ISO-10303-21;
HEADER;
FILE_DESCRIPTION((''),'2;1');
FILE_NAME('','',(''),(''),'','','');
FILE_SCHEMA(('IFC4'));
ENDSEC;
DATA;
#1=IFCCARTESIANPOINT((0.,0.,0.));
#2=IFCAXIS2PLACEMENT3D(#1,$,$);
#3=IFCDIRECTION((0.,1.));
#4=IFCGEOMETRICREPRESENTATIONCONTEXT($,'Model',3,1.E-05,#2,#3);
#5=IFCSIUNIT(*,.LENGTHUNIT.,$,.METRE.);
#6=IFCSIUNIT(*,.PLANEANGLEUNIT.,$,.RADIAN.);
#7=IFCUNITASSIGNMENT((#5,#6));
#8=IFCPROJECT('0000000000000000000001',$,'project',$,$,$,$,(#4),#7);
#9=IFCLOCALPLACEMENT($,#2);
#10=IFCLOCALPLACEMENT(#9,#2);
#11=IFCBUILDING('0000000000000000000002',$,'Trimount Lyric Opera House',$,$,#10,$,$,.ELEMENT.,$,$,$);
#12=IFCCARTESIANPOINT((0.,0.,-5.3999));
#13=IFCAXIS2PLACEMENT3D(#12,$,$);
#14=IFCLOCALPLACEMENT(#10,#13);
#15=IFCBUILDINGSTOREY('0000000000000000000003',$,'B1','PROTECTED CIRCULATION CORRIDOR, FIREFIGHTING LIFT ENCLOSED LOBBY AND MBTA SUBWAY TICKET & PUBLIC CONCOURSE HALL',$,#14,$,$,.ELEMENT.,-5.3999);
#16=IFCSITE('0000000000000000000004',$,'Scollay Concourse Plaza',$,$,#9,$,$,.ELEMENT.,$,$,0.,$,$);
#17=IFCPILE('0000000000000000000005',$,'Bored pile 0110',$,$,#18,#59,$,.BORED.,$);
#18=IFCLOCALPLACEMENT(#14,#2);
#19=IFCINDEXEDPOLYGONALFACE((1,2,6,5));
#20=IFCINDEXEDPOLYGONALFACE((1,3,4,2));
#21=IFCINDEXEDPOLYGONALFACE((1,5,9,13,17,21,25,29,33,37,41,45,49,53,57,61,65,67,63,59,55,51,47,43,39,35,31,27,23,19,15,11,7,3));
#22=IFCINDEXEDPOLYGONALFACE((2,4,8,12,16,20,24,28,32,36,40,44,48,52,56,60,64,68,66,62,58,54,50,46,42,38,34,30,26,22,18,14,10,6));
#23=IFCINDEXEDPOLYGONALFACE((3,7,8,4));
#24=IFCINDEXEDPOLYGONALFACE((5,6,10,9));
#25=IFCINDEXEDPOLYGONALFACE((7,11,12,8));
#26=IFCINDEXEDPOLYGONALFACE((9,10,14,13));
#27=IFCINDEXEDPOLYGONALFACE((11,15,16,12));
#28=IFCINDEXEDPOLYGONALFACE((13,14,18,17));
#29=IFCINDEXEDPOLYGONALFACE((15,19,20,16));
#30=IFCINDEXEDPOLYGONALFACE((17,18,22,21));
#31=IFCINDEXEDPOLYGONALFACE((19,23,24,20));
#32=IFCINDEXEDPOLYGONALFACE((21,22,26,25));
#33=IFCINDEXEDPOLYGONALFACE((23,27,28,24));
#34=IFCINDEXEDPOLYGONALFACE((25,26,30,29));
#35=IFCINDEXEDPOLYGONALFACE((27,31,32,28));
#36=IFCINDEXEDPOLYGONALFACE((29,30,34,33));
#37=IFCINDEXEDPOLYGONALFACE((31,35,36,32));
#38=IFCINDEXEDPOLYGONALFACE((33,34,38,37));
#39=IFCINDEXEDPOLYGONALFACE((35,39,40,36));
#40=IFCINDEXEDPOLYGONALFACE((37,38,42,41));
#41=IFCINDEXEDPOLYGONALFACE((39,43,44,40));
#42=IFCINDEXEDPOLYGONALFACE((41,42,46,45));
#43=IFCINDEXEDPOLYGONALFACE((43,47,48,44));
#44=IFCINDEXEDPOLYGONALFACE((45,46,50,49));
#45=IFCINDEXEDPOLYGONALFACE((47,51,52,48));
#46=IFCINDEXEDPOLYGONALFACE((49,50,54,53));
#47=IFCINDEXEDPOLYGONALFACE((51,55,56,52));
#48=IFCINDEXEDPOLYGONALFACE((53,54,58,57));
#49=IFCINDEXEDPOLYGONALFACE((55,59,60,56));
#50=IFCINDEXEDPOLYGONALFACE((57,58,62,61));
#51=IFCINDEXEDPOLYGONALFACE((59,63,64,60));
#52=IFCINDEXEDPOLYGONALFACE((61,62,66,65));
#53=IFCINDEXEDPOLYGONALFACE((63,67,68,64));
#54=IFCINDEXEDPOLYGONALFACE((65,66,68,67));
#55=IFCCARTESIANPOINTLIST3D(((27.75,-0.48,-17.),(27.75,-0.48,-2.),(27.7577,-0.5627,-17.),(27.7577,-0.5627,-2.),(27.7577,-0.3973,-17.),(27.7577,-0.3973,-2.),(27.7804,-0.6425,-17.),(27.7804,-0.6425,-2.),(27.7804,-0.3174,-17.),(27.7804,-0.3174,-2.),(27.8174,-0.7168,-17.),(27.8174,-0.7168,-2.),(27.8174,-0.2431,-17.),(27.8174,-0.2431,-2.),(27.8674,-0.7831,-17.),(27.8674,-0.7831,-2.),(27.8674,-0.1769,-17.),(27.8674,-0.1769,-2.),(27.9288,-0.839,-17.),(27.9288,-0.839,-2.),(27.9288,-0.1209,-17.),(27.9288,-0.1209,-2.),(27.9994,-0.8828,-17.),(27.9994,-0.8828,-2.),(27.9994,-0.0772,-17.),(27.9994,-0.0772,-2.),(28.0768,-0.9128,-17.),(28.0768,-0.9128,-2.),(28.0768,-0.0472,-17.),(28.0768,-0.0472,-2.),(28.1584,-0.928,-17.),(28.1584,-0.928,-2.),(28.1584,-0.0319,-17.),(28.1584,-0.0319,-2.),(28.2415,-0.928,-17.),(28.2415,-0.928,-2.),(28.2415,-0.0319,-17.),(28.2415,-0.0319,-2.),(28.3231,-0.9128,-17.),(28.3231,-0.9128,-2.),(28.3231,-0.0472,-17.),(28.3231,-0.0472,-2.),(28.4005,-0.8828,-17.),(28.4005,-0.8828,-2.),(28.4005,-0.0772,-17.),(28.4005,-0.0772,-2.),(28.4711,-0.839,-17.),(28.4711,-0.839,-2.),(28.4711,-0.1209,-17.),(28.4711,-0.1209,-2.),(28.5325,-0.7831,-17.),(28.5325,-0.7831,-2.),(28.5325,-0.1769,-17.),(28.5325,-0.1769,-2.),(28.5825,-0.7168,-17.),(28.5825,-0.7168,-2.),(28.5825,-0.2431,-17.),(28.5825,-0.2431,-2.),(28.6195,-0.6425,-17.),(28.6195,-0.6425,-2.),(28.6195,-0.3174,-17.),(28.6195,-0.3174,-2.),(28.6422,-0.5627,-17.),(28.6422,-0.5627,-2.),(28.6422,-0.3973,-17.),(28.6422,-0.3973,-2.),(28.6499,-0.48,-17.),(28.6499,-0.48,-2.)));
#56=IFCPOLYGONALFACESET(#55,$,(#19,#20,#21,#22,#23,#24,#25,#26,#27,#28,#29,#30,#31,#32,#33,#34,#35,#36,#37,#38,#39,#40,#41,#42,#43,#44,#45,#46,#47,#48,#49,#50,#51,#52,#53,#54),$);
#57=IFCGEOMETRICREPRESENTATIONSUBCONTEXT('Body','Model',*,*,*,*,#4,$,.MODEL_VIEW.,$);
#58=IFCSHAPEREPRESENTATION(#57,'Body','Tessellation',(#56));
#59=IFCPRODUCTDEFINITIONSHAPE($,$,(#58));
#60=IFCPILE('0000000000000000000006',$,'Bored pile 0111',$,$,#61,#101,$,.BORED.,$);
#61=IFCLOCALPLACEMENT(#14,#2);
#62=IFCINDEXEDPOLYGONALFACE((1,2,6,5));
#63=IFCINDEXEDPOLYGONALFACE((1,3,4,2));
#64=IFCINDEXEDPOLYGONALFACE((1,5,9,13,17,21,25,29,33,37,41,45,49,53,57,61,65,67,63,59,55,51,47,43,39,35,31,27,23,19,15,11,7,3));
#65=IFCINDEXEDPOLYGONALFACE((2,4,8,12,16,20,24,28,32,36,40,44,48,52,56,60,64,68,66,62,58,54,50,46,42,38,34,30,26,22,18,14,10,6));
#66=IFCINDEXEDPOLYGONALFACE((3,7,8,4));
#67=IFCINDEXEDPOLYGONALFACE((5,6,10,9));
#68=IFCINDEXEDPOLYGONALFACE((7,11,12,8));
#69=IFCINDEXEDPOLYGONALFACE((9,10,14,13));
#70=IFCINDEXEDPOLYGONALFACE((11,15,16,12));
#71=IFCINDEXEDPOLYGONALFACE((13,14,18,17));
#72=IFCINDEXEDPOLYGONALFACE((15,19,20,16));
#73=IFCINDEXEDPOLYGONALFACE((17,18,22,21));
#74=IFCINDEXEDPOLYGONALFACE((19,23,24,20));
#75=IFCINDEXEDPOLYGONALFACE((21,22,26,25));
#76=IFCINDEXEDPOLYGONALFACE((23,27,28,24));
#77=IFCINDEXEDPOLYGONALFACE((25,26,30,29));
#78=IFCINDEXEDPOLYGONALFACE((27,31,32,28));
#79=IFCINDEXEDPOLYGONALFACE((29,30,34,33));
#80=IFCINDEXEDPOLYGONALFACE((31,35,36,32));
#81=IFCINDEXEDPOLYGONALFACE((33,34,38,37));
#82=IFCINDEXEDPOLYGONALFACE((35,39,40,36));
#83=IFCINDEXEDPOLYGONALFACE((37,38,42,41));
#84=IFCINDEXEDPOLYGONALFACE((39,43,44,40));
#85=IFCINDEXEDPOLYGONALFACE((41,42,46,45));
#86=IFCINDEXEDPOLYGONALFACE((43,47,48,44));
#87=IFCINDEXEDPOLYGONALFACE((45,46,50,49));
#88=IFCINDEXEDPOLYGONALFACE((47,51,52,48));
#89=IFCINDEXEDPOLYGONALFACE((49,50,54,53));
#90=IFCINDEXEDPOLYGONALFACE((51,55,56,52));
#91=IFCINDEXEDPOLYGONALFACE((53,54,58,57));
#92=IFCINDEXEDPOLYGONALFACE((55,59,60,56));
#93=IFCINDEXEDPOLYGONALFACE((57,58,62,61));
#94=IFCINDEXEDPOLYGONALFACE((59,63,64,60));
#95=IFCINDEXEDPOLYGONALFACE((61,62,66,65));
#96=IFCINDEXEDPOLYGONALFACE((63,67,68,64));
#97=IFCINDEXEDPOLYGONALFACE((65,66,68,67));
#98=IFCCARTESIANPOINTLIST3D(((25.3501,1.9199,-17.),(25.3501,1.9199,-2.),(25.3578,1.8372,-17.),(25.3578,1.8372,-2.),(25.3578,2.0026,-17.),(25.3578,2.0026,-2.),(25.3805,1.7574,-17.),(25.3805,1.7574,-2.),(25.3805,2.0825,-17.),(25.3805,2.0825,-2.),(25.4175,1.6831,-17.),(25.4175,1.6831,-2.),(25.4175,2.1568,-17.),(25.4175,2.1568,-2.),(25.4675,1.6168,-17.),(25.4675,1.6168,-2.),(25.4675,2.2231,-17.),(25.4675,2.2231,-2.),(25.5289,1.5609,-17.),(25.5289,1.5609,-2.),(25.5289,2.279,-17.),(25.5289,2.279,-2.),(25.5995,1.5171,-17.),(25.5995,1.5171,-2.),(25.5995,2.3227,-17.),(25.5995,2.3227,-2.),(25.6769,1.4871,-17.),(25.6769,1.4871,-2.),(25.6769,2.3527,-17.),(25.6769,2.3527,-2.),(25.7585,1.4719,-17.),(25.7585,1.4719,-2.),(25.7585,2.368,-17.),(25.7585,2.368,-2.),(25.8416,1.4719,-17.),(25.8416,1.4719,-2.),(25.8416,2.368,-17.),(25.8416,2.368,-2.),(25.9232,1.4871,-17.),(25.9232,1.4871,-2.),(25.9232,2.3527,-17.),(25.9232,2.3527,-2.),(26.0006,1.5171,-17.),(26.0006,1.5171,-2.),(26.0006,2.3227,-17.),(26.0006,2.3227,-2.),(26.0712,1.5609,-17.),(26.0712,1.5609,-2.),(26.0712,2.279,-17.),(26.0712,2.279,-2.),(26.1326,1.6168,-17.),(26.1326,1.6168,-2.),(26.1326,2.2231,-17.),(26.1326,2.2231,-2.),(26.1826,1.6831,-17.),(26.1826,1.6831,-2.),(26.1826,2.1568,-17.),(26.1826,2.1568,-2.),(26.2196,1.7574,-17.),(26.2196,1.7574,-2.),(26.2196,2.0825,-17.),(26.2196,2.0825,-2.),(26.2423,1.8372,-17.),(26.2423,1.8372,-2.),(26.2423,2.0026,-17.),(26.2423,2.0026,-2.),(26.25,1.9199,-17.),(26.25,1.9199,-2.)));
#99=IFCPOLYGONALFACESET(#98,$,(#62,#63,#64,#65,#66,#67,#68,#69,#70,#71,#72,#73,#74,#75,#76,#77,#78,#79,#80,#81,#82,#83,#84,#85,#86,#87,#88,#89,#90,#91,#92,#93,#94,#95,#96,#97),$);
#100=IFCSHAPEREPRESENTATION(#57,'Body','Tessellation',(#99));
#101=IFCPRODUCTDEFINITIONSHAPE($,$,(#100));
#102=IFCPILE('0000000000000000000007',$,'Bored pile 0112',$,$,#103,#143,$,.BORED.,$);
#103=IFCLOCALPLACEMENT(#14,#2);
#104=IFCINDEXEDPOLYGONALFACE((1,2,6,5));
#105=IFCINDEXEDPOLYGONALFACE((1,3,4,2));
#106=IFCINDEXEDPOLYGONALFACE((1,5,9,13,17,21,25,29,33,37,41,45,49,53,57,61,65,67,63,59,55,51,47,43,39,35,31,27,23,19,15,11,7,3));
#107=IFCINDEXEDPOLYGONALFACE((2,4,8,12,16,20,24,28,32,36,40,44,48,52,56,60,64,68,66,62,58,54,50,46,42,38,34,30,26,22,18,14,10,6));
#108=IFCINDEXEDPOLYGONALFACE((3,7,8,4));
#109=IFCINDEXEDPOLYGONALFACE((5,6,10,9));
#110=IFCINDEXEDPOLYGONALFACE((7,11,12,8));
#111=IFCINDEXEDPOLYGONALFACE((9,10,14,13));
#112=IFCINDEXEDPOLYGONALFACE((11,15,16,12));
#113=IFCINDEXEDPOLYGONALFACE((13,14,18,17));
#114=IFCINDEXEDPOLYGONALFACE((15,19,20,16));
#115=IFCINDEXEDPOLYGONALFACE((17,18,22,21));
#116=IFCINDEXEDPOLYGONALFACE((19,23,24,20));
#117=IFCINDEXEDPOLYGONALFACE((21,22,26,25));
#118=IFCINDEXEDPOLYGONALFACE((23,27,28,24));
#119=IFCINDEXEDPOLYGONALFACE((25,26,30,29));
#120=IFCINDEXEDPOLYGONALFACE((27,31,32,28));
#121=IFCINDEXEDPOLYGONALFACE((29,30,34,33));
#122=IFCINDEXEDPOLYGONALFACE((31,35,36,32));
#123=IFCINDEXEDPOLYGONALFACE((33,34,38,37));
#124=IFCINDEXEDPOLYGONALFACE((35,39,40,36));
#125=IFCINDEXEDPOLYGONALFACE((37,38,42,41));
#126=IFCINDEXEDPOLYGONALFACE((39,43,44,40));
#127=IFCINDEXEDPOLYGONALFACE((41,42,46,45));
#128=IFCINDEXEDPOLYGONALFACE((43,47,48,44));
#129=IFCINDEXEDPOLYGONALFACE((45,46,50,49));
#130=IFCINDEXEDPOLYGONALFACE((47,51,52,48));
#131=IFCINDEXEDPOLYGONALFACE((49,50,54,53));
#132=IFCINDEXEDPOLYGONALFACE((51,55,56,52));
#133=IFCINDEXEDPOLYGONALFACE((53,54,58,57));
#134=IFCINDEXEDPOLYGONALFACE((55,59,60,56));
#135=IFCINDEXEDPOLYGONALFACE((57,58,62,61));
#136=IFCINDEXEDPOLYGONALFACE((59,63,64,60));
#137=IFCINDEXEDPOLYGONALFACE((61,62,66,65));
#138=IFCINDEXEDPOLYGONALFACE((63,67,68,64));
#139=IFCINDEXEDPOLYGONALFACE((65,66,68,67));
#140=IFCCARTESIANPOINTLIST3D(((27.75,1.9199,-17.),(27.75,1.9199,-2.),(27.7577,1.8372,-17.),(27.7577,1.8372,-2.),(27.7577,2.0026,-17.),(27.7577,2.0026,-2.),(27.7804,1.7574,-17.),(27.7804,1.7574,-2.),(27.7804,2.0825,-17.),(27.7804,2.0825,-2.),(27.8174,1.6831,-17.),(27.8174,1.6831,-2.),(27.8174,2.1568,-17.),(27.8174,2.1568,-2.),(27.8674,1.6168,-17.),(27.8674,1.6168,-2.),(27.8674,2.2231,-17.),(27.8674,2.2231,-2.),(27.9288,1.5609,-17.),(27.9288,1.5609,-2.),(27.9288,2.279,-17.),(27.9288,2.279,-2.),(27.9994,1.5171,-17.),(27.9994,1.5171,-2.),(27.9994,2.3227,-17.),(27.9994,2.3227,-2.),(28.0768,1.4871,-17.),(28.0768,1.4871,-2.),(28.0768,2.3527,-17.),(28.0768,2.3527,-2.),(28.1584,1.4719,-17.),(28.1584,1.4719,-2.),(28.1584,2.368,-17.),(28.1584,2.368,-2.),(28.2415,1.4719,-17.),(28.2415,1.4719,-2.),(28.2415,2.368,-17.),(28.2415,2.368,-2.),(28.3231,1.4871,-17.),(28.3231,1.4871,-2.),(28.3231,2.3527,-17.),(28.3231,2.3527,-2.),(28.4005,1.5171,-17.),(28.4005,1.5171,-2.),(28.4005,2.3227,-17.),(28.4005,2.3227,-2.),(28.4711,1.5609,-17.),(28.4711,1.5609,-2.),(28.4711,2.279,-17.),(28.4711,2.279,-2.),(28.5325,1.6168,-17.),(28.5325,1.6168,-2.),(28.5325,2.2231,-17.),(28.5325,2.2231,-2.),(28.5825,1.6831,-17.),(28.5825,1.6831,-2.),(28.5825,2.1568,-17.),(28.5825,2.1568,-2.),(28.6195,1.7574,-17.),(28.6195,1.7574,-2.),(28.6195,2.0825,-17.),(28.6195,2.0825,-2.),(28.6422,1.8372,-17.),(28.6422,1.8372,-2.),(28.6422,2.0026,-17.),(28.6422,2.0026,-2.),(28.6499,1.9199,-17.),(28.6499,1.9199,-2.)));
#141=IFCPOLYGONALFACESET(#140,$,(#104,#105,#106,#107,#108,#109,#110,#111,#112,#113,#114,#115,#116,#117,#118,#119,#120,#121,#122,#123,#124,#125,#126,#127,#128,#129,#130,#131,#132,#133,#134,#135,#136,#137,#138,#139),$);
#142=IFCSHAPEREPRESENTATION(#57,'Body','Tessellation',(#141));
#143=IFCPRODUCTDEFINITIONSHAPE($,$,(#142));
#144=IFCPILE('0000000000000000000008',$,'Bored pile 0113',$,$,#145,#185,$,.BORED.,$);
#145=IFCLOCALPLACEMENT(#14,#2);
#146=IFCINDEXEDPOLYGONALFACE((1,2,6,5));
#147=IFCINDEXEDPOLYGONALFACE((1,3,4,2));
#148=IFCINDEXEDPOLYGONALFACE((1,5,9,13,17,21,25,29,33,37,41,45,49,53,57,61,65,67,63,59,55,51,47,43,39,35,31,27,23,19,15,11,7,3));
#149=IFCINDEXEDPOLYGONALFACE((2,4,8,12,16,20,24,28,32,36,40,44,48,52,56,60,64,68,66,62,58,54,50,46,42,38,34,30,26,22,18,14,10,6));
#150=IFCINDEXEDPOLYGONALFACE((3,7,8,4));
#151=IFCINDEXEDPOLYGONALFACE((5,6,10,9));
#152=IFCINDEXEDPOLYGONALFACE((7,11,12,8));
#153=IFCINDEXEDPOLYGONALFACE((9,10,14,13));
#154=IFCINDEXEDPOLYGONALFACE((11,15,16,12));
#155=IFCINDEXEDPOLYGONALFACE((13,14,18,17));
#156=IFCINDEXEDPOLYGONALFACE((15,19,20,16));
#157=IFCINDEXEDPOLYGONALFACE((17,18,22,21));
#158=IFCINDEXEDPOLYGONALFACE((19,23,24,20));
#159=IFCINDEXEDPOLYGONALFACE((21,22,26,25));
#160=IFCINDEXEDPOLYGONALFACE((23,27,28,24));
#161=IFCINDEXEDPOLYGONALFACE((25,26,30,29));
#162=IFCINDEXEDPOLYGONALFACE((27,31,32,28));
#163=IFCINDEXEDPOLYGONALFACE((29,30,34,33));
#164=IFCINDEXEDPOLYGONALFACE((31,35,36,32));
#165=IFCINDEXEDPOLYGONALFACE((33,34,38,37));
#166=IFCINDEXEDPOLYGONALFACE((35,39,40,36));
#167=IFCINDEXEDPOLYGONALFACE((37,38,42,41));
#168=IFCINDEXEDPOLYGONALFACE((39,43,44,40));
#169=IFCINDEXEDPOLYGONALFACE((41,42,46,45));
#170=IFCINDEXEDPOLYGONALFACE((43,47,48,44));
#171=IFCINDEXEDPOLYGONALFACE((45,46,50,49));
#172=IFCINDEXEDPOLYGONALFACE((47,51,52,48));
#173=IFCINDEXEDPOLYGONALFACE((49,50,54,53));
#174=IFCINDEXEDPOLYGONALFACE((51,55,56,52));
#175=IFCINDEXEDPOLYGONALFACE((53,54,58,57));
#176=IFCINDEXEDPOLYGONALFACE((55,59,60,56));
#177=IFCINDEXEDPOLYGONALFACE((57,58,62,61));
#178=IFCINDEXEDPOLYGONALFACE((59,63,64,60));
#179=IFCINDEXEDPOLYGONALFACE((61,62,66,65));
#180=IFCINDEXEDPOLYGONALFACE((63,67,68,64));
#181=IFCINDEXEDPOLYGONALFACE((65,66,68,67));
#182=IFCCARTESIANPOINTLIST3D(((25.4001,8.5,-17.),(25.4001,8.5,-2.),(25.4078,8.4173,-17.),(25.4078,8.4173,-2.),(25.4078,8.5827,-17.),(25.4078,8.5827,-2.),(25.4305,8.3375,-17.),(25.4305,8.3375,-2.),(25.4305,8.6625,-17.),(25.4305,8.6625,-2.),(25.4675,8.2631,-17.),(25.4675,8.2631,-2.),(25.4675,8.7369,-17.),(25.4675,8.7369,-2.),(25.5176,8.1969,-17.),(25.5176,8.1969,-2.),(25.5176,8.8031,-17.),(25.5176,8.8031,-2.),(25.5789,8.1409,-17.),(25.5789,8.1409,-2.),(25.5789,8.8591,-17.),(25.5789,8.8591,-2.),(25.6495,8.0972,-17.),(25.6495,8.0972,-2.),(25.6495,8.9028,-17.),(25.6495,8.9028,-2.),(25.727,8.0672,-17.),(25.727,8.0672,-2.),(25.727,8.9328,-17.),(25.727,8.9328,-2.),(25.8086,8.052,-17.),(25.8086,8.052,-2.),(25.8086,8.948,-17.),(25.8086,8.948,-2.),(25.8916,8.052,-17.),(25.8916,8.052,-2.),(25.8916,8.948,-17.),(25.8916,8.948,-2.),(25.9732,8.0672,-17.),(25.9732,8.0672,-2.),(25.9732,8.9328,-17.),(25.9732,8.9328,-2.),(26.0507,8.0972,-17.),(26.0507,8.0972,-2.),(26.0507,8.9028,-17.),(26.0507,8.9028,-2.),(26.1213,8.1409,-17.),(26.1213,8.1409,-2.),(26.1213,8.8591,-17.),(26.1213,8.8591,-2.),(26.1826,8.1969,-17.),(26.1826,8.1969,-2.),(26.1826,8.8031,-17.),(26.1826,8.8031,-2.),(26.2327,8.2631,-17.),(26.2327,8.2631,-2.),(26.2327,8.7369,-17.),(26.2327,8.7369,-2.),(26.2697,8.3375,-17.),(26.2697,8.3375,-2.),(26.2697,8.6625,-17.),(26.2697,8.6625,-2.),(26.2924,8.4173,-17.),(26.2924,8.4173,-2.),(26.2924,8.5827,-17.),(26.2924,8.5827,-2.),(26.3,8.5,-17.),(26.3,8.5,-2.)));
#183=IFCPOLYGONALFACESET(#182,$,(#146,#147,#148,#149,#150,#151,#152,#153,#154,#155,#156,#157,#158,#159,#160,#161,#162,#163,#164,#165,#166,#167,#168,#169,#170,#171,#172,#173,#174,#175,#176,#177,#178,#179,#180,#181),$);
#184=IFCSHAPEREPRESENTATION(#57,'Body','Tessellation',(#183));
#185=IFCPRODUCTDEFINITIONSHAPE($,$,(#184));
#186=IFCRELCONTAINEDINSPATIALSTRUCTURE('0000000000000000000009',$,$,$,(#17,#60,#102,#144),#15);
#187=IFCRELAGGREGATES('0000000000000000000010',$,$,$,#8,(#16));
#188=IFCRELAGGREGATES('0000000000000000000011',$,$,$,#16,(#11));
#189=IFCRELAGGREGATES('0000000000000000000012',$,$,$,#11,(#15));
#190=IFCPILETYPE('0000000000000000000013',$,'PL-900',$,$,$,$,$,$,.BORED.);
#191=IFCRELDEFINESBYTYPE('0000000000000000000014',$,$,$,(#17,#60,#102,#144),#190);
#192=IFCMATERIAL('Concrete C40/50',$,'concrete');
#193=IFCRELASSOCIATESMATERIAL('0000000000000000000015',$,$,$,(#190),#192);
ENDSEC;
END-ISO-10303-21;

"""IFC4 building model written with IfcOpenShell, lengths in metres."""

from ifc_helpers import new_model, si_unit, direction, frame, origin, origin_2d, place, context, subcontext, project, spatial, circle, extrude, material, material_profile, profile_set, type_object, element, save


model = new_model("IFC4")

# Units and contexts
model_context = context("Model", 3, precision=1e-05, world=origin(), true_north=direction((0.0, 1.0)))
body_context = subcontext(model_context, "Body", "Model", "MODEL_VIEW")
ifc_project = project(units=[si_unit("LENGTHUNIT", "METRE"), si_unit("PLANEANGLEUNIT", "RADIAN")], contexts=[model_context])

# Site, building, storey
site_placement = place(None, origin())
site = spatial("IfcSite", under=ifc_project, at=site_placement, Name="Scollay Concourse Plaza", CompositionType="ELEMENT", RefElevation=0.0)
building_placement = place(site_placement, origin())
building = spatial("IfcBuilding", under=site, at=building_placement, Name="Trimount Lyric Opera House", CompositionType="ELEMENT")
storey_placement = place(building_placement, frame((0.0, 0.0, -5.3999)))
storey = spatial("IfcBuildingStorey", under=building, at=storey_placement, Name="B1", Description="PROTECTED CIRCULATION CORRIDOR, FIREFIGHTING LIFT ENCLOSED LOBBY AND MBTA SUBWAY TICKET & PUBLIC CONCOURSE HALL", CompositionType="ELEMENT", Elevation=-5.3999)

# Piles
ifc_material_1 = material(Name="Concrete C40/50", Category="concrete")
ifc_material_profile_1 = material_profile(ifc_material_1, circle(Radius=0.45, at=origin_2d()), Name="PILE-D900")
ifc_profile_set_1 = profile_set([ifc_material_profile_1], Name="Concrete C40/50")
pile_type_1 = type_object("IfcPileType", Name="PL-900", PredefinedType="BORED", material=ifc_profile_set_1)
for number, where, z_axis, x_axis, name in (
    (1, (28.2, -0.48, -2.0), (0.0, 0.0, -1.0), (1.0, 0.0, 0.0), "Bored pile 0110"),
    (2, (25.8, 1.9199, -2.0), (0.0, 0.0, -1.0), (1.0, 0.0, 0.0), "Bored pile 0111"),
    (3, (28.2, 1.9199, -2.0), (0.0, 0.0, -1.0), (1.0, 0.0, 0.0), "Bored pile 0112"),
    (4, (25.8501, 8.5, -2.0), (0.0, 0.0, -1.0), (1.0, 0.0, 0.0), "Bored pile 0113"),
):
    element("IfcPile", number, at=place(storey_placement, frame(where, z_axis=z_axis, x_axis=x_axis)), inside=storey, type_object=pile_type_1, Name=name, PredefinedType="BORED", context=body_context, shape_type="SweptSolid", body=[
        extrude(circle(Radius=0.45, at=origin_2d()), origin(), (0.0, 0.0, 1.0), 15.0),
    ])

save(model, "model.ifc")
